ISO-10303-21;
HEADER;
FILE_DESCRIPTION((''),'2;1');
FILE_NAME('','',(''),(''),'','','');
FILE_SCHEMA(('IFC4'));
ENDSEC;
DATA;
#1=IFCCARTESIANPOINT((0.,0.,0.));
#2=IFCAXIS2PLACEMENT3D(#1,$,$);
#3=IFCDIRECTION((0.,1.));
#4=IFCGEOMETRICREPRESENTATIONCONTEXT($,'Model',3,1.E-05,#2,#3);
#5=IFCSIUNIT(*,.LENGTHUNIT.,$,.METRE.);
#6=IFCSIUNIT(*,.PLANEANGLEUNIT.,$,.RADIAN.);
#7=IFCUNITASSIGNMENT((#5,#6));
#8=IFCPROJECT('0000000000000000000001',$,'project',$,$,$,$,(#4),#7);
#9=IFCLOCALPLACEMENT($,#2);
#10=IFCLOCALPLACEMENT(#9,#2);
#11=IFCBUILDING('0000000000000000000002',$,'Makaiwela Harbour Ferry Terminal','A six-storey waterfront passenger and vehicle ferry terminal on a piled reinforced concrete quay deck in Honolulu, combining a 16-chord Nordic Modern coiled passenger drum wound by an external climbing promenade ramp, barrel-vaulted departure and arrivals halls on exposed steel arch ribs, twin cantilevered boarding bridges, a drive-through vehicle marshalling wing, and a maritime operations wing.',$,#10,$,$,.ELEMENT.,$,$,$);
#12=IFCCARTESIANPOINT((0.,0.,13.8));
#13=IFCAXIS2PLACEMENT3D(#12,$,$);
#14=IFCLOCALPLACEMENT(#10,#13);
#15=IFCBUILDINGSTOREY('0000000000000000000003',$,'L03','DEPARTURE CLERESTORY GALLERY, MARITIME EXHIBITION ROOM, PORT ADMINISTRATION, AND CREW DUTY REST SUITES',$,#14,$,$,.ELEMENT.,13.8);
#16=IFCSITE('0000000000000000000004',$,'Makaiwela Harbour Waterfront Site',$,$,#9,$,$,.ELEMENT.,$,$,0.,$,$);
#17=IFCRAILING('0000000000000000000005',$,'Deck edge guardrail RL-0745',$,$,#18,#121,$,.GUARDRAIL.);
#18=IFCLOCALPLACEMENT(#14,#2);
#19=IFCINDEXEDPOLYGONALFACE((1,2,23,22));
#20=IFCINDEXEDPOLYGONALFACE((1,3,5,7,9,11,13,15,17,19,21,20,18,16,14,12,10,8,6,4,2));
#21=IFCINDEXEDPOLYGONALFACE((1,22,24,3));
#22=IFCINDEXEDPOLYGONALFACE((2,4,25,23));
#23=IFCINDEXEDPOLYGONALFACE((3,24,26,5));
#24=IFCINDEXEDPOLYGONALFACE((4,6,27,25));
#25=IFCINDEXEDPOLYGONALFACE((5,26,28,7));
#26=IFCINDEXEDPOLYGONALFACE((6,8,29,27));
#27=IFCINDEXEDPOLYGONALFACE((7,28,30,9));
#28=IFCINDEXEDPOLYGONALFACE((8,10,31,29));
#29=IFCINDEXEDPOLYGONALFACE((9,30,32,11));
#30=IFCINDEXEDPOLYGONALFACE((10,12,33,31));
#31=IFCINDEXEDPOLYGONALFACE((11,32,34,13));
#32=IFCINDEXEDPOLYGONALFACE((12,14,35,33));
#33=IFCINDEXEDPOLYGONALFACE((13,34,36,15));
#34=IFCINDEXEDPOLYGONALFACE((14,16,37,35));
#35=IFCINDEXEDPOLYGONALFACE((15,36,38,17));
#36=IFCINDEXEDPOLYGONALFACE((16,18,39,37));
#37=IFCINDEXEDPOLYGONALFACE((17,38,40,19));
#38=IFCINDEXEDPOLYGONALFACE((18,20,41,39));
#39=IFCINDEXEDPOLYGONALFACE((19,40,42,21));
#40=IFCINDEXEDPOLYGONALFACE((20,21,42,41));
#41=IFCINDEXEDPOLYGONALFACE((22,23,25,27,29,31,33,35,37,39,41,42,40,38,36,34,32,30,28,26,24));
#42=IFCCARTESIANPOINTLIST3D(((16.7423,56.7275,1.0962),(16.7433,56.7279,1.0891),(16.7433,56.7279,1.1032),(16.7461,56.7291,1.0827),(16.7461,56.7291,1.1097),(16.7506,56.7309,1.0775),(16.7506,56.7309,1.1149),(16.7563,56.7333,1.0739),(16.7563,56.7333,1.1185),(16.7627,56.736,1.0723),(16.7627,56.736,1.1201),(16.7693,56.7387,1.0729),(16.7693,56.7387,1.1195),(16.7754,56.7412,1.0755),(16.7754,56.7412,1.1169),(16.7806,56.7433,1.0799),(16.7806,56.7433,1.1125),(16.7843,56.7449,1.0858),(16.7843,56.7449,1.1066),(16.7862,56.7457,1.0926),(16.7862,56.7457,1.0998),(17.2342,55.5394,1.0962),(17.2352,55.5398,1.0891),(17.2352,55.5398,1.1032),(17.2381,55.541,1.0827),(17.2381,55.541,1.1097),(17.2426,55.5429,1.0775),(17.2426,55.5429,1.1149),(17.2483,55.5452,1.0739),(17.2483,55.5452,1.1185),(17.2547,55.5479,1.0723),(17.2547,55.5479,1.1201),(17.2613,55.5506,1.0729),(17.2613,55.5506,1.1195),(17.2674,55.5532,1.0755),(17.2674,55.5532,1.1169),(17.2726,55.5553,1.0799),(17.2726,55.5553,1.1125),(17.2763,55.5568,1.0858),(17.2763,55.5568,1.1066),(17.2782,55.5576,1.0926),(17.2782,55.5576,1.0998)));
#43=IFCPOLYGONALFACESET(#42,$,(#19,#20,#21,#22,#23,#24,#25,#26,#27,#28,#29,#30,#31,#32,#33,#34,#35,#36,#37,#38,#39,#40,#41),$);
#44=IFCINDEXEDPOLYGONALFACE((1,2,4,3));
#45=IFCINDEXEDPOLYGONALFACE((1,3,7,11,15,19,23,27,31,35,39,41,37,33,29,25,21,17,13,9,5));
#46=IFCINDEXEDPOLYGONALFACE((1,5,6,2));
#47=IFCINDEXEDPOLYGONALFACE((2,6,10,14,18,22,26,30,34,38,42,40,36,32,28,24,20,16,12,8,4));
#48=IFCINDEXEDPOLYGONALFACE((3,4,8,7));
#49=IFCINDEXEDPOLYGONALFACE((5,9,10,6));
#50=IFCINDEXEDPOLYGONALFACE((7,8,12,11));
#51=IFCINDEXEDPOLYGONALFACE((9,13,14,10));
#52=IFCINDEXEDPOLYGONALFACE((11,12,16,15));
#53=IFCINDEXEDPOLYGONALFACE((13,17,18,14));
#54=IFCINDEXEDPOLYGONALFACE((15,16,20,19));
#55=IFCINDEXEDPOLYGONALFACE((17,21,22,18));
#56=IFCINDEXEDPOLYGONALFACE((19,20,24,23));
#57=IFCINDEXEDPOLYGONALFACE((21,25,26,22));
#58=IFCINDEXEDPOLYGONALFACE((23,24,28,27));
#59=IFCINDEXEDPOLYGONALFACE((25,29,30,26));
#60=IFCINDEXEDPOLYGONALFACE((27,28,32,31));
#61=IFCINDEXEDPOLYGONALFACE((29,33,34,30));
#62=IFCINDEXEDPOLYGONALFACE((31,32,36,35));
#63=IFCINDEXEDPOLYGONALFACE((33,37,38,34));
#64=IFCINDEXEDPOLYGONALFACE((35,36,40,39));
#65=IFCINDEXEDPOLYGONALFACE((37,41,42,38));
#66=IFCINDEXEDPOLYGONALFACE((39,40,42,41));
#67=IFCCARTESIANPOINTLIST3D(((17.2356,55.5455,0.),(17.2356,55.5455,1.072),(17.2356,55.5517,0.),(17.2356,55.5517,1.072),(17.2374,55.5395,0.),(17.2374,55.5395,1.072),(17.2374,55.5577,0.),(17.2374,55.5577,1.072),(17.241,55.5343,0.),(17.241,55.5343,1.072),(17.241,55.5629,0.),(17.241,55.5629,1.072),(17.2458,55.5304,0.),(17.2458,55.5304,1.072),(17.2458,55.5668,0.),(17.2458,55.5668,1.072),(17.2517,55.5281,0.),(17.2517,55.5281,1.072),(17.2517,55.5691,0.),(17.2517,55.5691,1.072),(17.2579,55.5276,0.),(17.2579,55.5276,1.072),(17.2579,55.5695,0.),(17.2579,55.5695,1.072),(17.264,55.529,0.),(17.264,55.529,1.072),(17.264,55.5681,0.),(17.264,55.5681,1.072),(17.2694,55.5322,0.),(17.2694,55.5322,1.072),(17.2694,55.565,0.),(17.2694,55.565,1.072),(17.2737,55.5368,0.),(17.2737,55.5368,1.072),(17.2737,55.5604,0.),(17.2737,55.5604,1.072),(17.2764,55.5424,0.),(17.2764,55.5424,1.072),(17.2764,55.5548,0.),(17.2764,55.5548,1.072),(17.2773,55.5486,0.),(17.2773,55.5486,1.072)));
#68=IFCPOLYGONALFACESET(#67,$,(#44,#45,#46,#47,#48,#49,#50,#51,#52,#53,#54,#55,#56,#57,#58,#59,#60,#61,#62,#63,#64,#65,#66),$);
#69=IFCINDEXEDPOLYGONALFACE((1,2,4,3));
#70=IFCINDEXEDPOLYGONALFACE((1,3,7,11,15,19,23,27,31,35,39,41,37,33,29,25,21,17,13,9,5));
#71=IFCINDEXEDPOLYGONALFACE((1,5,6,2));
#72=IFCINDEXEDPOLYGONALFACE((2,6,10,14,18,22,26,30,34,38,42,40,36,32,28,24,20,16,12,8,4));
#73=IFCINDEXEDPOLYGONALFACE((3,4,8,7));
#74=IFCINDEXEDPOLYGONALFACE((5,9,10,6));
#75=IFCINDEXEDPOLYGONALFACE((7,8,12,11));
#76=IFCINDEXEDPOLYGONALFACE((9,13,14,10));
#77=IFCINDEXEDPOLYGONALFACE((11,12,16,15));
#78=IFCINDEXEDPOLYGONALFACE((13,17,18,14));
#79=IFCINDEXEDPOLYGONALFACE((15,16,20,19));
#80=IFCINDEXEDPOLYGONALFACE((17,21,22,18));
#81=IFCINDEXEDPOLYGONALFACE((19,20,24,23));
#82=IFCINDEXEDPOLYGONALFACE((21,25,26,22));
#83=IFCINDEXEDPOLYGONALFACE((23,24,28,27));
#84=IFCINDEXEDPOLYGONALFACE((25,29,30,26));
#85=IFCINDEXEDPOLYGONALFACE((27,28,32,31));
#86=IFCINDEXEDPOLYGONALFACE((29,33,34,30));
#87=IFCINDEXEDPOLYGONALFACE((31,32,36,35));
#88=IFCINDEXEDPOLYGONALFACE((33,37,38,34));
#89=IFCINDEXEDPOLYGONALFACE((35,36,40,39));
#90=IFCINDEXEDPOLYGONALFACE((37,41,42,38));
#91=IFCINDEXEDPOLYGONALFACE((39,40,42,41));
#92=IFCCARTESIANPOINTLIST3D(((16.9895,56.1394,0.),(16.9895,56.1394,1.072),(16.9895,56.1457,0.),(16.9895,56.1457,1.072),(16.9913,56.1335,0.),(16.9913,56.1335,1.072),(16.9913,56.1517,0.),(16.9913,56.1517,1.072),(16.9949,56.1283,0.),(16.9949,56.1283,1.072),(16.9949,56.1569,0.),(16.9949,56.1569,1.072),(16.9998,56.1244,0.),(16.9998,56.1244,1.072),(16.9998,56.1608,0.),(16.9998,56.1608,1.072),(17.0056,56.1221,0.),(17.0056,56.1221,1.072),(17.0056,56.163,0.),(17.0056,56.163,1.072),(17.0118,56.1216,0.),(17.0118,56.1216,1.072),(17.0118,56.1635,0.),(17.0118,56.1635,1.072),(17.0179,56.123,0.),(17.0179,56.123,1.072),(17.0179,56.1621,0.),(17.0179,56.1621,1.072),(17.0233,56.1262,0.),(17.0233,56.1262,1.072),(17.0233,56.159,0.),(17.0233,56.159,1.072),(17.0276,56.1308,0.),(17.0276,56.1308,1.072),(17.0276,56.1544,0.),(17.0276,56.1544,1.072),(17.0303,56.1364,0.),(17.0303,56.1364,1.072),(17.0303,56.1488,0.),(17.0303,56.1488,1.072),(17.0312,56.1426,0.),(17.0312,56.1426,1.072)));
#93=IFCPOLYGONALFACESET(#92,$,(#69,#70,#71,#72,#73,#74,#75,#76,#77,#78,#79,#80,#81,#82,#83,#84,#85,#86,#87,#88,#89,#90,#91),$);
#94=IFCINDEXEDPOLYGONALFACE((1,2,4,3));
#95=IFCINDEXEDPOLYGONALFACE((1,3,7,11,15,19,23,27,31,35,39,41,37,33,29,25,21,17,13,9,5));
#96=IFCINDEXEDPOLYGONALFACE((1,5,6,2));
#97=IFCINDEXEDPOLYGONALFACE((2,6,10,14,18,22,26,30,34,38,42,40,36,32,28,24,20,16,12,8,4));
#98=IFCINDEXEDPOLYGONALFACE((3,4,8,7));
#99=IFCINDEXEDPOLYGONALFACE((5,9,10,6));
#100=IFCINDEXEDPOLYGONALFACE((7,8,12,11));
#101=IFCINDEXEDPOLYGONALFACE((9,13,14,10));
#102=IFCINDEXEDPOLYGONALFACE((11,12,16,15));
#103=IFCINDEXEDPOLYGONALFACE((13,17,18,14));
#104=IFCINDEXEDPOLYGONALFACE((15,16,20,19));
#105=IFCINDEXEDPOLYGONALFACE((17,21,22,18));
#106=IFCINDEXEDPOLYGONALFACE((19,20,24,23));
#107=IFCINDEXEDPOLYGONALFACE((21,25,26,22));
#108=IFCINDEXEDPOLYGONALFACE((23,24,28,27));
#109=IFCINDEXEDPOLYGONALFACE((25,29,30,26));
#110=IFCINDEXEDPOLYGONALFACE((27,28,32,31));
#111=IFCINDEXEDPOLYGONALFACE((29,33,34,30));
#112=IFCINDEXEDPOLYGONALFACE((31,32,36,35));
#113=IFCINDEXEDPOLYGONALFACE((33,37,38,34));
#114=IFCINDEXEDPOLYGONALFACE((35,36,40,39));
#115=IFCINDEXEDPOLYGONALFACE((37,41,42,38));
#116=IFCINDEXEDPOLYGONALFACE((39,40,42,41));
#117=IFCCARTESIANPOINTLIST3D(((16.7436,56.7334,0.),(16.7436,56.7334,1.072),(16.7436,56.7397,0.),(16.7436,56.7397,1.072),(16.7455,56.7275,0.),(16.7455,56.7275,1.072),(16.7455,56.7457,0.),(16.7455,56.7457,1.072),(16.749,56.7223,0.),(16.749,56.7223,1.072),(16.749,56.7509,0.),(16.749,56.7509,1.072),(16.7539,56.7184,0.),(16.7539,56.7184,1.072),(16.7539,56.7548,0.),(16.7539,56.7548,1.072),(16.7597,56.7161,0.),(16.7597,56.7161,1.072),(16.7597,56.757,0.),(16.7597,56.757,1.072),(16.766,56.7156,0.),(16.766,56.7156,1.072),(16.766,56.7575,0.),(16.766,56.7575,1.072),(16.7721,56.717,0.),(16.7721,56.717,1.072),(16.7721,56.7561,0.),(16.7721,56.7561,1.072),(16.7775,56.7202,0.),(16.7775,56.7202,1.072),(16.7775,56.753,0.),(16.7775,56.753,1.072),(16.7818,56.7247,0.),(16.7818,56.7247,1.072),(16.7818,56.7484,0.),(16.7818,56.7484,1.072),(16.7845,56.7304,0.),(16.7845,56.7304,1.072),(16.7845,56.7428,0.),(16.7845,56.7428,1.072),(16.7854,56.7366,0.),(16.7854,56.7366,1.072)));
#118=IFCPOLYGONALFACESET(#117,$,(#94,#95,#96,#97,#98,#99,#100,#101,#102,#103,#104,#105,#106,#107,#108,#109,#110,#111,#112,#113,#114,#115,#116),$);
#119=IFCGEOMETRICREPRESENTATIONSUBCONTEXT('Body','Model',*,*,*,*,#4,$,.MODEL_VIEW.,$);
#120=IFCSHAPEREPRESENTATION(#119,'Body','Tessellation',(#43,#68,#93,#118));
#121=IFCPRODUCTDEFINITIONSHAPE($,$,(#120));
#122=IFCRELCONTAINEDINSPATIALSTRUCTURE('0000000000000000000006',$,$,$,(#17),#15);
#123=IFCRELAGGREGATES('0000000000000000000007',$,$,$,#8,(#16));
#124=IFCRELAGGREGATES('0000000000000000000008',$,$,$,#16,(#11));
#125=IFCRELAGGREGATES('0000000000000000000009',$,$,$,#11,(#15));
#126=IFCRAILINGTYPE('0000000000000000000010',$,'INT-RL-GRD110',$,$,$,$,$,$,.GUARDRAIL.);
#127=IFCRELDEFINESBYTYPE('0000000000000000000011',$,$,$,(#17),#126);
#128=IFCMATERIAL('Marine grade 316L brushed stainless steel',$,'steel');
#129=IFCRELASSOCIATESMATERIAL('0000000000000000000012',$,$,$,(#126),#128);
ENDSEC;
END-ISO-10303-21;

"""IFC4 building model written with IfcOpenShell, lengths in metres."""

from ifc_helpers import new_model, si_unit, direction, frame, origin, origin_2d, place, context, subcontext, project, spatial, circle, extrude, material, type_object, element, save


model = new_model("IFC4")

# Units and contexts
model_context = context("Model", 3, precision=1e-05, world=origin(), true_north=direction((0.0, 1.0)))
body_context = subcontext(model_context, "Body", "Model", "MODEL_VIEW")
ifc_project = project(units=[si_unit("LENGTHUNIT", "METRE"), si_unit("PLANEANGLEUNIT", "RADIAN")], contexts=[model_context])

# Site, building, storey
site_placement = place(None, origin())
site = spatial("IfcSite", under=ifc_project, at=site_placement, Name="Makaiwela Harbour Waterfront Site", CompositionType="ELEMENT", RefElevation=0.0)
building_placement = place(site_placement, origin())
building = spatial("IfcBuilding", under=site, at=building_placement, Name="Makaiwela Harbour Ferry Terminal", Description="A six-storey waterfront passenger and vehicle ferry terminal on a piled reinforced concrete quay deck in Honolulu, combining a 16-chord Nordic Modern coiled passenger drum wound by an external climbing promenade ramp, barrel-vaulted departure and arrivals halls on exposed steel arch ribs, twin cantilevered boarding bridges, a drive-through vehicle marshalling wing, and a maritime operations wing.", CompositionType="ELEMENT")
storey_placement = place(building_placement, frame((0.0, 0.0, 13.8)))
storey = spatial("IfcBuildingStorey", under=building, at=storey_placement, Name="L03", Description="DEPARTURE CLERESTORY GALLERY, MARITIME EXHIBITION ROOM, PORT ADMINISTRATION, AND CREW DUTY REST SUITES", CompositionType="ELEMENT", Elevation=13.8)

# Railing
ifc_material_1 = material(Name="Marine grade 316L brushed stainless steel", Category="steel")
railing_type = type_object("IfcRailingType", Name="INT-RL-GRD110", PredefinedType="GUARDRAIL", material=ifc_material_1)
railing_placement = place(storey_placement, frame((17.2563, 55.5486, 0.0)))
element("IfcRailing", 1, at=railing_placement, inside=storey, type_object=railing_type, Name="Deck edge guardrail RL-0745", PredefinedType="GUARDRAIL", context=body_context, shape_type="SweptSolid", body=[
    extrude(circle(Radius=0.0239, at=origin_2d()), frame((0.0, 0.0, 1.0962), z_axis=(-0.382592, 0.923917, 0.0), x_axis=(-0.923917, -0.382592, 0.0)), (0.0, 0.0, 1.0), 1.2859),
    extrude(circle(Radius=0.021, at=origin_2d()), origin(), (0.0, 0.0, 1.0), 1.072),
    extrude(circle(Radius=0.021, at=origin_2d()), frame((-0.2461, 0.594, 0.0)), (0.0, 0.0, 1.0), 1.072),
    extrude(circle(Radius=0.021, at=origin_2d()), frame((-0.4919, 1.188, 0.0)), (0.0, 0.0, 1.0), 1.072),
])

save(model, "model.ifc")
